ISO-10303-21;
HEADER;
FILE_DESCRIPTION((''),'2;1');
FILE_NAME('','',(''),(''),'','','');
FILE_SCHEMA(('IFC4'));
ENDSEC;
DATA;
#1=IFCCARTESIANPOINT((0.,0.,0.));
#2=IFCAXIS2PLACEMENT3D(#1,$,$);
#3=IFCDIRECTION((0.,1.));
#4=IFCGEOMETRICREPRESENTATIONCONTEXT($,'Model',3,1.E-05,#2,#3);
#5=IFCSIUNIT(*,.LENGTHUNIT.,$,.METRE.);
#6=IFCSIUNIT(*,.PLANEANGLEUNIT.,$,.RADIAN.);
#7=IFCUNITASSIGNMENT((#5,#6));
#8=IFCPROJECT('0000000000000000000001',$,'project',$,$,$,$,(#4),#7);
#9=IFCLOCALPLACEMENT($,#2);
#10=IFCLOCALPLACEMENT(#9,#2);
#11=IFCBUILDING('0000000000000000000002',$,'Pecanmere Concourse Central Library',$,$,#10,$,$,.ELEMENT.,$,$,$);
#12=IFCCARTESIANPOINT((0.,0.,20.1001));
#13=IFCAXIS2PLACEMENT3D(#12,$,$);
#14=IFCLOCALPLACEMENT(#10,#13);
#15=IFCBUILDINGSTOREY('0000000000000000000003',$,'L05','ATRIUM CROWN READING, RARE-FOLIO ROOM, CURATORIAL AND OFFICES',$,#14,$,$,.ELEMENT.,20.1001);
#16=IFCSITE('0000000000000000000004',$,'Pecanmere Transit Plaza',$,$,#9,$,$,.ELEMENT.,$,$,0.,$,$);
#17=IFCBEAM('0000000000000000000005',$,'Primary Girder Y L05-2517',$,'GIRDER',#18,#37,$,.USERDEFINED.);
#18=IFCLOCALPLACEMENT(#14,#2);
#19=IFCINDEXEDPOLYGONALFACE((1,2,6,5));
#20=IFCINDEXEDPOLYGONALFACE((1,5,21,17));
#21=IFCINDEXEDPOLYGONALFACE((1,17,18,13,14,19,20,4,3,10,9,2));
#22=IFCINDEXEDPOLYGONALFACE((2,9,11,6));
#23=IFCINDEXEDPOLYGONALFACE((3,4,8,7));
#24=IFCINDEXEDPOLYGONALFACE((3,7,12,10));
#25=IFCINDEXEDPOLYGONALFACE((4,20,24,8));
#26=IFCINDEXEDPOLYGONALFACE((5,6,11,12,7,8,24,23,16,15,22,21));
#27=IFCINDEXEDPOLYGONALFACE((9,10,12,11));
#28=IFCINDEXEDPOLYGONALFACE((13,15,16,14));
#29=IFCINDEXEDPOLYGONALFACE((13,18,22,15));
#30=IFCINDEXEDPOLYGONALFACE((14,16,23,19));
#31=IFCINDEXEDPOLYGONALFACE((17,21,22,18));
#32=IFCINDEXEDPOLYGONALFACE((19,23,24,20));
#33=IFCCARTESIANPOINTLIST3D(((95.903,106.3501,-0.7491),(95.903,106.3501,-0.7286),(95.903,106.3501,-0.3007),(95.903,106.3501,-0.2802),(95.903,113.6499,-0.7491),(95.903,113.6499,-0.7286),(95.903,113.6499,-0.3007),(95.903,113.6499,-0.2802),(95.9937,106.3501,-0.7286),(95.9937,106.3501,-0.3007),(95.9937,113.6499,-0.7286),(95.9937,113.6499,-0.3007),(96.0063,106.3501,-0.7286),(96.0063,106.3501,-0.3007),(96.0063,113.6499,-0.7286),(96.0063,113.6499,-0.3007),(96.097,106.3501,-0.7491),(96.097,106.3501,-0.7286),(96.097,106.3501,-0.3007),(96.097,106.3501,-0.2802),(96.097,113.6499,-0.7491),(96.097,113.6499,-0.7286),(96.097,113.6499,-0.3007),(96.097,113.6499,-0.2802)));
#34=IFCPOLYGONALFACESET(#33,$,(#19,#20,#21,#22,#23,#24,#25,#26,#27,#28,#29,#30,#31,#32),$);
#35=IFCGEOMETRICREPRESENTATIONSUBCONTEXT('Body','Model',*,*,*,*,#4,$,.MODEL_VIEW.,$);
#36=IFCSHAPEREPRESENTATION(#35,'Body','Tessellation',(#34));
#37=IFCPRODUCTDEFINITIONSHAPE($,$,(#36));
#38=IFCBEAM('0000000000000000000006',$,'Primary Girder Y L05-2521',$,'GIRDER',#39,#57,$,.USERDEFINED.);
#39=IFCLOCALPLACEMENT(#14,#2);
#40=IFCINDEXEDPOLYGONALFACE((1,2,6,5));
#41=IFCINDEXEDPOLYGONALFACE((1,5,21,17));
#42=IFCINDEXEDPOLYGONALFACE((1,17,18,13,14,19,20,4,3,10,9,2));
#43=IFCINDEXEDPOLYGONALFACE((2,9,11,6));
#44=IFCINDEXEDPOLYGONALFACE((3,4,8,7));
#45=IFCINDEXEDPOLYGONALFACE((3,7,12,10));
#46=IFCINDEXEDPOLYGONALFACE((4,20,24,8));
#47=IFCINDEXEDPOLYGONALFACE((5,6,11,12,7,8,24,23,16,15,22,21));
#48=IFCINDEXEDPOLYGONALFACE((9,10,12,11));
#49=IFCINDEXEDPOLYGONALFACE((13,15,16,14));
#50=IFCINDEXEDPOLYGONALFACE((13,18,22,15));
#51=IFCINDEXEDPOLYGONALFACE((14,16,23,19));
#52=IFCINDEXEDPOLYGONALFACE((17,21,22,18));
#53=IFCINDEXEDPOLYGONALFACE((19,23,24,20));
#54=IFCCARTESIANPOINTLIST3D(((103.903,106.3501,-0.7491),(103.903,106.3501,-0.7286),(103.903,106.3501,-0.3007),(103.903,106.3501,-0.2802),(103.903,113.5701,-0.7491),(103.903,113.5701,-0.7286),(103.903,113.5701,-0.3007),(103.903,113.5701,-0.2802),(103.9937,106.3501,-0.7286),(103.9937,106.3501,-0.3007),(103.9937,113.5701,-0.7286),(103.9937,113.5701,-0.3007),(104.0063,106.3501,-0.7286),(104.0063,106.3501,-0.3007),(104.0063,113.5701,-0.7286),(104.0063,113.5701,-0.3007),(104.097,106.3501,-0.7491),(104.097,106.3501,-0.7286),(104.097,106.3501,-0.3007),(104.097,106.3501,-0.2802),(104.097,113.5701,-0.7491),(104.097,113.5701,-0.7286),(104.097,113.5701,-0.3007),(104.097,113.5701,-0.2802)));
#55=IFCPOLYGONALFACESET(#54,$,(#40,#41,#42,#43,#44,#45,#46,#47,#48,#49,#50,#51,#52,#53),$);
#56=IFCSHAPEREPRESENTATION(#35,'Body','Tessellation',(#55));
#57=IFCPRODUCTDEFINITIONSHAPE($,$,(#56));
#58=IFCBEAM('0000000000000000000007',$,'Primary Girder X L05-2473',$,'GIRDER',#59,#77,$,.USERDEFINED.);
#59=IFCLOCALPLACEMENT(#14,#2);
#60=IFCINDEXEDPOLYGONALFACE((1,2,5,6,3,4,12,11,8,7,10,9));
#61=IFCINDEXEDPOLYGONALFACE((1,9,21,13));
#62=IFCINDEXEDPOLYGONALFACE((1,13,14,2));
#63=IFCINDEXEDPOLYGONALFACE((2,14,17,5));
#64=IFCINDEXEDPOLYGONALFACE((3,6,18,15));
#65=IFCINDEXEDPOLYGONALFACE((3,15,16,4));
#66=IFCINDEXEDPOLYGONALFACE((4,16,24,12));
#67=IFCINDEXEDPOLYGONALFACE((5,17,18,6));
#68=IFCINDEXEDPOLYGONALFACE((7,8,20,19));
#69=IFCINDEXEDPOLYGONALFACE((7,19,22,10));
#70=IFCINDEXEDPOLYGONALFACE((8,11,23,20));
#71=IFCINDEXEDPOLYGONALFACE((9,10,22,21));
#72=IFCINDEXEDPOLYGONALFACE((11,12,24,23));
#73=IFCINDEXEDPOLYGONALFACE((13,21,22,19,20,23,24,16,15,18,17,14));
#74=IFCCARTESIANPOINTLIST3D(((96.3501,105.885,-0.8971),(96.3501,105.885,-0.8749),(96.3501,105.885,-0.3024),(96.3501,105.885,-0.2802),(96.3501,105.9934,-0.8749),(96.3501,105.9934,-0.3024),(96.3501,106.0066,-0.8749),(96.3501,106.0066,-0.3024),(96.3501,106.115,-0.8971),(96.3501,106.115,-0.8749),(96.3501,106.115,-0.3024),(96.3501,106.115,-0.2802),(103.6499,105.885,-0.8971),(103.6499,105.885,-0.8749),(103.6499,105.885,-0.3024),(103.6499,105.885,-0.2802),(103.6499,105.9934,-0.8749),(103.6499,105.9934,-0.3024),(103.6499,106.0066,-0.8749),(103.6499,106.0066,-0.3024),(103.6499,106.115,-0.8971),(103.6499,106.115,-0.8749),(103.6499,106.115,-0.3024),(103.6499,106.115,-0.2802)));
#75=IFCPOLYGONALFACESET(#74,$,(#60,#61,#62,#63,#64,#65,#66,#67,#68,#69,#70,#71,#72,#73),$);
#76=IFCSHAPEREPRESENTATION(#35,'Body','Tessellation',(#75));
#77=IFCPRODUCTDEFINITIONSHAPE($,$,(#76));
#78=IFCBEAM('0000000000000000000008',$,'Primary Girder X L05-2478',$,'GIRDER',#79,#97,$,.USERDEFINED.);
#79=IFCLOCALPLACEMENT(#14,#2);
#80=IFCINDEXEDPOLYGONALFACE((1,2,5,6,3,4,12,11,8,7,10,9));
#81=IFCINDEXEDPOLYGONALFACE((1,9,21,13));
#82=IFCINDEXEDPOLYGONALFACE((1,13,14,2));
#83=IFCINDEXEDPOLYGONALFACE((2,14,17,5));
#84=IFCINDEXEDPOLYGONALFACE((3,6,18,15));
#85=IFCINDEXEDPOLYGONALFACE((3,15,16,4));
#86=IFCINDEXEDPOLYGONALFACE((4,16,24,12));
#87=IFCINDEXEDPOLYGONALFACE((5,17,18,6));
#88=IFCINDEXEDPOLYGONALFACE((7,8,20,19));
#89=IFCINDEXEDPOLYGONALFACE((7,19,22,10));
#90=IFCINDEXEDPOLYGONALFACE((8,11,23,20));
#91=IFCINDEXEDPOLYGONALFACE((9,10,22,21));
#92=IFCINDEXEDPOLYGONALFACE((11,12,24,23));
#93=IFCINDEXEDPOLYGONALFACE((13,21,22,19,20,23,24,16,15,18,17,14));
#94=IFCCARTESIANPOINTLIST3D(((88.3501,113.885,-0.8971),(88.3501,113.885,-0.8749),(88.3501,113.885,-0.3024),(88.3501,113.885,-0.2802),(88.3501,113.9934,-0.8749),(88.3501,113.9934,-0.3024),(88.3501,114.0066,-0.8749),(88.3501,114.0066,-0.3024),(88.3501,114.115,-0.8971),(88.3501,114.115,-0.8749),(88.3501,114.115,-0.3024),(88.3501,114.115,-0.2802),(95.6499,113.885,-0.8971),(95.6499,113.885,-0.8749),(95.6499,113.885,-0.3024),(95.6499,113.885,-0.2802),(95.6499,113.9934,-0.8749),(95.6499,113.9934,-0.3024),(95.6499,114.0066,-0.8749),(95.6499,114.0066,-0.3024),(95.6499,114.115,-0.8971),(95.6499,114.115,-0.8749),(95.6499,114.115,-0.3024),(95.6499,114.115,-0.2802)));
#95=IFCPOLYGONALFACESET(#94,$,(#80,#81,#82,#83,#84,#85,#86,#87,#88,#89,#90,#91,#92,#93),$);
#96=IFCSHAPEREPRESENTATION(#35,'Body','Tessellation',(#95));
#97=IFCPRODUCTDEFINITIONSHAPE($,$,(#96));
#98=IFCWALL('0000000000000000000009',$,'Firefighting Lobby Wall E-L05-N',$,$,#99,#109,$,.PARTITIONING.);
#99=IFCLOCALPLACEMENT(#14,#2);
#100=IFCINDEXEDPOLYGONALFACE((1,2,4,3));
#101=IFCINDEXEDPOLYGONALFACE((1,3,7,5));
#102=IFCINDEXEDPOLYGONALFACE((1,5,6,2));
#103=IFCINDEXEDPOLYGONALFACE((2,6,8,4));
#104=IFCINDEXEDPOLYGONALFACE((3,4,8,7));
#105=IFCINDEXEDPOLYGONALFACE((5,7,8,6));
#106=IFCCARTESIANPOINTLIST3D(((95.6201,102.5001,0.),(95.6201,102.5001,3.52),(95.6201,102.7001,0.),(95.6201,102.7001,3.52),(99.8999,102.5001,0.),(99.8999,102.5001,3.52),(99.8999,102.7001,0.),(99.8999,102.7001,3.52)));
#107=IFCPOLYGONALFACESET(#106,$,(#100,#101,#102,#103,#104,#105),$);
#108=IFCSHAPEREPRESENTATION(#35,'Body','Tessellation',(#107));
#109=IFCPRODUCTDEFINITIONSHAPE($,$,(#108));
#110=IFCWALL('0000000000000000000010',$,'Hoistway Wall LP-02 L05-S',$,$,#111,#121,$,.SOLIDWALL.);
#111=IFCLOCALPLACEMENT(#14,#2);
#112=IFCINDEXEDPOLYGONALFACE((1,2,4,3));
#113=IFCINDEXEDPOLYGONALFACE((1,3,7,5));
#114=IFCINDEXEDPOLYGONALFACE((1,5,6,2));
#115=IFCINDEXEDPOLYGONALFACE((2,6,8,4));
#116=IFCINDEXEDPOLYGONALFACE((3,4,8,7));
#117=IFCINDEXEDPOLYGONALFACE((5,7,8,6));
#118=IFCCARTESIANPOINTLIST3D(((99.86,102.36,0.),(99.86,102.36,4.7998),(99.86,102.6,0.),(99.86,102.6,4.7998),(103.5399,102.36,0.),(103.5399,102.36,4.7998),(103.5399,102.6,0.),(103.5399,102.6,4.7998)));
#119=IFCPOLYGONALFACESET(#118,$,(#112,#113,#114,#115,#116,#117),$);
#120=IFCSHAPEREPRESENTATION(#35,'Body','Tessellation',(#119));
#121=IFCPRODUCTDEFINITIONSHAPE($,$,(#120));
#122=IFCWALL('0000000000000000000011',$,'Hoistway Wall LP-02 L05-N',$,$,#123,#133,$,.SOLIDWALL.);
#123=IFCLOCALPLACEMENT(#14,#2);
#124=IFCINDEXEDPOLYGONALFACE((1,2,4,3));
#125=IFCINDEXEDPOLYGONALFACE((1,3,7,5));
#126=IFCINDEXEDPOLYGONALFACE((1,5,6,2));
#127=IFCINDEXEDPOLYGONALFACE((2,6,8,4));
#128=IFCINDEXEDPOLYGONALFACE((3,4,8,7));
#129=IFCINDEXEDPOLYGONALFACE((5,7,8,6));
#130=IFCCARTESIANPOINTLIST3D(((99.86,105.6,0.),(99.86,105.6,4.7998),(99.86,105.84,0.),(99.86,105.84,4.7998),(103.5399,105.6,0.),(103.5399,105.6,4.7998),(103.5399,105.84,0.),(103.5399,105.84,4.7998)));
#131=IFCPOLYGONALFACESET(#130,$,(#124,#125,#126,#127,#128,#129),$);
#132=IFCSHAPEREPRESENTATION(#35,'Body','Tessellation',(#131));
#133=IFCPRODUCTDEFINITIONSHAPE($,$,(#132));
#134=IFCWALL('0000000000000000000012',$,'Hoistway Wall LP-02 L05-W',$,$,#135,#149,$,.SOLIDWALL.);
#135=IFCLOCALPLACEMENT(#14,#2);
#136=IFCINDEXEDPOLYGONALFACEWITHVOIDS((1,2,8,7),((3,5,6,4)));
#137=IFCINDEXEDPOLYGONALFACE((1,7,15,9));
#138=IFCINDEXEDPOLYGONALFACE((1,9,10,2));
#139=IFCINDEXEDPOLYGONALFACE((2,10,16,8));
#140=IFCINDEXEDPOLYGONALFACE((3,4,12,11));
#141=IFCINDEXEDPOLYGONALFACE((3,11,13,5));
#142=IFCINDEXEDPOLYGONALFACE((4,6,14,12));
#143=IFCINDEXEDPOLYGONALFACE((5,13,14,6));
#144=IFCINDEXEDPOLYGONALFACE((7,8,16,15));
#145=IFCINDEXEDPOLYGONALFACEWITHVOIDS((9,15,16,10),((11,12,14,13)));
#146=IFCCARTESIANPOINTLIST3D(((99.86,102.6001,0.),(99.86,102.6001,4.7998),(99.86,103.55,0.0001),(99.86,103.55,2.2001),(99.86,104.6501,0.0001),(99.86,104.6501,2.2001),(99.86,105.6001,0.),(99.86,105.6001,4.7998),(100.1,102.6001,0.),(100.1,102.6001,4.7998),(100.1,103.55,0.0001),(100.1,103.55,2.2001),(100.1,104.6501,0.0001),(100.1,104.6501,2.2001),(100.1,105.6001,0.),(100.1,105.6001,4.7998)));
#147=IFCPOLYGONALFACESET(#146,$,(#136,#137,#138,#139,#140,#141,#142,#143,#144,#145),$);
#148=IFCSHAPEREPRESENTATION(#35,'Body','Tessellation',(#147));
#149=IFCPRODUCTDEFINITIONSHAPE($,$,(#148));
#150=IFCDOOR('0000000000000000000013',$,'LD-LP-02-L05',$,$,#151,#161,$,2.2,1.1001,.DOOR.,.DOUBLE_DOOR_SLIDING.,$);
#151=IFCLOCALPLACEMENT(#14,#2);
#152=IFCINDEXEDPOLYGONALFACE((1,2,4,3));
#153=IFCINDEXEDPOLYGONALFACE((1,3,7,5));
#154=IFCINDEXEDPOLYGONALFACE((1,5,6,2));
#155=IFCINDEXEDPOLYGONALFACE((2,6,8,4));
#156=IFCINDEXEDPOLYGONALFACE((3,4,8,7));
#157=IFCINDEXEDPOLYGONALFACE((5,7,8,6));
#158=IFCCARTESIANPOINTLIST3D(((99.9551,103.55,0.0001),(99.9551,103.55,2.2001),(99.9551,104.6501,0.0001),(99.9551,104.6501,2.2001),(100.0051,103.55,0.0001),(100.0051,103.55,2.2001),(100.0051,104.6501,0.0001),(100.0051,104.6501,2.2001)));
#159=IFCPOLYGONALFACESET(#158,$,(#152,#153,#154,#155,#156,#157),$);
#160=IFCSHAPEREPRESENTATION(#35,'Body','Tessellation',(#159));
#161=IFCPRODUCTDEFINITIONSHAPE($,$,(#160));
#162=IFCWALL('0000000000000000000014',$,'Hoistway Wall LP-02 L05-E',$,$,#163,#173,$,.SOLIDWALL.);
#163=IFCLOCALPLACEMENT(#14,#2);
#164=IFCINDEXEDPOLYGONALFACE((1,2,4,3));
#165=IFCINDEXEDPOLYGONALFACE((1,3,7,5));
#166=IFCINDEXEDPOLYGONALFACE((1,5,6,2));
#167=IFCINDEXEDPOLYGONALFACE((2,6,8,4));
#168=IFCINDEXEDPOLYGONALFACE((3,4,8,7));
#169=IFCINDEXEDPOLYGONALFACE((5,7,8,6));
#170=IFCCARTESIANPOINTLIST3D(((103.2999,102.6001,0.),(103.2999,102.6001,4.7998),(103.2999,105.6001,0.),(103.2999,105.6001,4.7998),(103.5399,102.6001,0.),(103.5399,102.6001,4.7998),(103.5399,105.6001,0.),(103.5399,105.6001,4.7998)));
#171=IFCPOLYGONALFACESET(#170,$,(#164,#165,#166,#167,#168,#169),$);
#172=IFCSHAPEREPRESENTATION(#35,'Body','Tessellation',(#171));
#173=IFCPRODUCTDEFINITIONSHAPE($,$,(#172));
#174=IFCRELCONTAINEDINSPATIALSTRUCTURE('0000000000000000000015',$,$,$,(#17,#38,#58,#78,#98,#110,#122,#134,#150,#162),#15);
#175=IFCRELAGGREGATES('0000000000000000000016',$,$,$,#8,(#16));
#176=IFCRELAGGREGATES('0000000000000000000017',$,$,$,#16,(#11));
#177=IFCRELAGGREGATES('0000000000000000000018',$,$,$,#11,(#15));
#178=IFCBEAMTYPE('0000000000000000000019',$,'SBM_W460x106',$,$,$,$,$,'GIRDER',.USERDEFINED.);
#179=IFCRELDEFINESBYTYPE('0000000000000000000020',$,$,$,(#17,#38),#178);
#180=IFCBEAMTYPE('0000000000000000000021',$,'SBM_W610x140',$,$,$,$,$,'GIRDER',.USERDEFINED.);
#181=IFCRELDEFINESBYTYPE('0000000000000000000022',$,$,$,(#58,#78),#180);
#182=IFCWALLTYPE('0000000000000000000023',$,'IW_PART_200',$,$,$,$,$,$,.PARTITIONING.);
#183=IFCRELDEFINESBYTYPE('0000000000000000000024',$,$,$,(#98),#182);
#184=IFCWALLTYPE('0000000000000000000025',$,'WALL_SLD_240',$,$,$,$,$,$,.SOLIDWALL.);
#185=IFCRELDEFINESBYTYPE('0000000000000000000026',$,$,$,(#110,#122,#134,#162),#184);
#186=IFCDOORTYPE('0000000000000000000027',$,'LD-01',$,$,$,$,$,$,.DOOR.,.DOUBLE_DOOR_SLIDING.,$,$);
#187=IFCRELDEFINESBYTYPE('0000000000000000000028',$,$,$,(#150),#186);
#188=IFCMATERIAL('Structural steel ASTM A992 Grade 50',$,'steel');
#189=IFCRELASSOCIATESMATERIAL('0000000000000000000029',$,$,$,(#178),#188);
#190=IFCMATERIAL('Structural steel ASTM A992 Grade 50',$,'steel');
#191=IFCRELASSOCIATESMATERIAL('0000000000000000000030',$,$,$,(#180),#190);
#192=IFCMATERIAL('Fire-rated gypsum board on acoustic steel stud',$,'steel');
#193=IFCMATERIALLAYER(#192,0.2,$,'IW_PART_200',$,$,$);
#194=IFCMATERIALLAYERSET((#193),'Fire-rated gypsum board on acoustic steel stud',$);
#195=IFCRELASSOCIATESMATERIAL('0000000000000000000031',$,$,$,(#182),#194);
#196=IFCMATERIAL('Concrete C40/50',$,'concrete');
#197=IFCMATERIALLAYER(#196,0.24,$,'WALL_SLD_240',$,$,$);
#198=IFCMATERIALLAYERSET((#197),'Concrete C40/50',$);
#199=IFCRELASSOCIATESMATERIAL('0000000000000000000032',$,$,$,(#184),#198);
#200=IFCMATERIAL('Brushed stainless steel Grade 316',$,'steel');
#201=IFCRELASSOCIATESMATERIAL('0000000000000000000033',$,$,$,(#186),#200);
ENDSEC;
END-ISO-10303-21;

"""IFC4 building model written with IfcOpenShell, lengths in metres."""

from ifc_helpers import new_model, si_unit, direction, frame, frame_2d, origin, origin_2d, place, context, subcontext, project, spatial, rectangle, i_section, extrude, material, layer, layer_set, material_profile, profile_set, type_object, element, fill, save


model = new_model("IFC4")

# Units and contexts
model_context = context("Model", 3, precision=1e-05, world=origin(), true_north=direction((0.0, 1.0)))
body_context = subcontext(model_context, "Body", "Model", "MODEL_VIEW")
ifc_project = project(units=[si_unit("LENGTHUNIT", "METRE"), si_unit("PLANEANGLEUNIT", "RADIAN")], contexts=[model_context])

# Site, building, storey
site_placement = place(None, origin())
site = spatial("IfcSite", under=ifc_project, at=site_placement, Name="Pecanmere Transit Plaza", CompositionType="ELEMENT", RefElevation=0.0)
building_placement = place(site_placement, origin())
building = spatial("IfcBuilding", under=site, at=building_placement, Name="Pecanmere Concourse Central Library", CompositionType="ELEMENT")
storey_placement = place(building_placement, frame((0.0, 0.0, 20.1001)))
storey = spatial("IfcBuildingStorey", under=building, at=storey_placement, Name="L05", Description="ATRIUM CROWN READING, RARE-FOLIO ROOM, CURATORIAL AND OFFICES", CompositionType="ELEMENT", Elevation=20.1001)

# Beams
ifc_material_1 = material(Name="Structural steel ASTM A992 Grade 50", Category="steel")
ifc_material_profile_1 = material_profile(ifc_material_1, i_section(OverallWidth=0.1941, OverallDepth=0.469, WebThickness=0.0127, FlangeThickness=0.0205, at=origin_2d()), Name="W460x106")
ifc_profile_set_1 = profile_set([ifc_material_profile_1], Name="Structural steel ASTM A992 Grade 50")
beam_type_1 = type_object("IfcBeamType", Name="SBM_W460x106", ElementType="GIRDER", PredefinedType="USERDEFINED", material=ifc_profile_set_1)
beam_1_placement = place(storey_placement, frame((96.0, 106.3501, -0.5146), z_axis=(0.0, 1.0, 0.0), x_axis=(-1.0, 0.0, 0.0)))
element("IfcBeam", 1, at=beam_1_placement, inside=storey, type_object=beam_type_1, Name="Primary Girder Y L05-2517", ObjectType="GIRDER", PredefinedType="USERDEFINED", context=body_context, shape_type="SweptSolid", body=[
    extrude(i_section(OverallWidth=0.1941, OverallDepth=0.469, WebThickness=0.0127, FlangeThickness=0.0205, at=origin_2d()), origin(), (0.0, 0.0, 1.0), 7.2998),
])
beam_2_placement = place(storey_placement, frame((104.0, 106.3501, -0.5146), z_axis=(0.0, 1.0, 0.0), x_axis=(-1.0, 0.0, 0.0)))
element("IfcBeam", 2, at=beam_2_placement, inside=storey, type_object=beam_type_1, Name="Primary Girder Y L05-2521", ObjectType="GIRDER", PredefinedType="USERDEFINED", context=body_context, shape_type="SweptSolid", body=[
    extrude(i_section(OverallWidth=0.1941, OverallDepth=0.469, WebThickness=0.0127, FlangeThickness=0.0205, at=origin_2d()), origin(), (0.0, 0.0, 1.0), 7.22),
])
ifc_material_2 = material(Name="Structural steel ASTM A992 Grade 50", Category="steel")
ifc_material_profile_2 = material_profile(ifc_material_2, i_section(OverallWidth=0.23, OverallDepth=0.6169, WebThickness=0.0132, FlangeThickness=0.0222, at=origin_2d()), Name="W610x140")
ifc_profile_set_2 = profile_set([ifc_material_profile_2], Name="Structural steel ASTM A992 Grade 50")
beam_type_2 = type_object("IfcBeamType", Name="SBM_W610x140", ElementType="GIRDER", PredefinedType="USERDEFINED", material=ifc_profile_set_2)
for number, where, z_axis, x_axis, name in (
    (3, (96.3501, 106.0, -0.5886), (1.0, 0.0, 0.0), (0.0, 1.0, 0.0), "Primary Girder X L05-2473"),
    (4, (88.3501, 114.0, -0.5886), (1.0, 0.0, 0.0), (0.0, 1.0, 0.0), "Primary Girder X L05-2478"),
):
    element("IfcBeam", number, at=place(storey_placement, frame(where, z_axis=z_axis, x_axis=x_axis)), inside=storey, type_object=beam_type_2, Name=name, ObjectType="GIRDER", PredefinedType="USERDEFINED", context=body_context, shape_type="SweptSolid", body=[
        extrude(i_section(OverallWidth=0.23, OverallDepth=0.6169, WebThickness=0.0132, FlangeThickness=0.0222, at=origin_2d()), origin(), (0.0, 0.0, 1.0), 7.2998),
    ])

# Walls
ifc_material_3 = material(Name="Fire-rated gypsum board on acoustic steel stud", Category="steel")
ifc_layer_1 = layer(ifc_material_3, 0.2, Name="IW_PART_200")
ifc_layer_set_1 = layer_set([ifc_layer_1], Name="Fire-rated gypsum board on acoustic steel stud")
wall_type_1 = type_object("IfcWallType", Name="IW_PART_200", PredefinedType="PARTITIONING", material=ifc_layer_set_1)
wall_1_placement = place(storey_placement, frame((95.6201, 102.6001, 0.0), z_axis=(0.0, 0.0, 1.0), x_axis=(1.0, 0.0, 0.0)))
element("IfcWall", 5, at=wall_1_placement, inside=storey, type_object=wall_type_1, Name="Firefighting Lobby Wall E-L05-N", PredefinedType="PARTITIONING", context=body_context, shape_type="SweptSolid", body=[
    extrude(rectangle(XDim=4.2798, YDim=0.2, at=frame_2d((2.1399, 0.0))), origin(), (0.0, 0.0, 1.0), 3.52),
])
ifc_material_4 = material(Name="Concrete C40/50", Category="concrete")
ifc_layer_2 = layer(ifc_material_4, 0.24, Name="WALL_SLD_240")
ifc_layer_set_2 = layer_set([ifc_layer_2], Name="Concrete C40/50")
wall_type_2 = type_object("IfcWallType", Name="WALL_SLD_240", PredefinedType="SOLIDWALL", material=ifc_layer_set_2)
for number, where, z_axis, x_axis, name in (
    (6, (99.8601, 102.48, 0.0), (0.0, 0.0, 1.0), (1.0, 0.0, 0.0), "Hoistway Wall LP-02 L05-S"),
    (7, (99.8601, 105.72, 0.0), (0.0, 0.0, 1.0), (1.0, 0.0, 0.0), "Hoistway Wall LP-02 L05-N"),
):
    element("IfcWall", number, at=place(storey_placement, frame(where, z_axis=z_axis, x_axis=x_axis)), inside=storey, type_object=wall_type_2, Name=name, PredefinedType="SOLIDWALL", context=body_context, shape_type="SweptSolid", body=[
        extrude(rectangle(XDim=3.6799, YDim=0.24, at=frame_2d((1.8398, 0.0))), origin(), (0.0, 0.0, 1.0), 4.7998),
    ])

# Wall, opening, door
wall_2_placement = place(storey_placement, frame((99.98, 102.6001, 0.0), z_axis=(0.0, 0.0, 1.0), x_axis=(0.0, 1.0, 0.0)))
wall_2 = element("IfcWall", 8, at=wall_2_placement, inside=storey, type_object=wall_type_2, Name="Hoistway Wall LP-02 L05-W", PredefinedType="SOLIDWALL", context=body_context, shape_type="SweptSolid", body=[
    extrude(rectangle(XDim=3.0, YDim=0.24, at=frame_2d((1.5, 0.0))), origin(), (0.0, 0.0, 1.0), 4.7998),
])
opening_placement = place(wall_2_placement, frame((0.95, 0.0, 0.0)))
opening = element("IfcOpeningElement", 9, at=opening_placement, cuts=wall_2, PredefinedType="OPENING", context=body_context, shape_type="SweptSolid", body=[
    extrude(rectangle(XDim=1.1001, YDim=2.2, at=frame_2d((0.55, 1.1001))), frame((0.0, 0.1318, 0.0), z_axis=(0.0, -1.0, 0.0), x_axis=(1.0, 0.0, 0.0)), (0.0, 0.0, 1.0), 0.2639),
])
ifc_material_5 = material(Name="Brushed stainless steel Grade 316", Category="steel")
door_type = type_object("IfcDoorType", Name="LD-01", OperationType="DOUBLE_DOOR_SLIDING", PredefinedType="DOOR", material=ifc_material_5)
door_placement = place(opening_placement, origin())
door = element("IfcDoor", 10, at=door_placement, inside=storey, type_object=door_type, Name="LD-LP-02-L05", OperationType="DOUBLE_DOOR_SLIDING", OverallHeight=2.2, OverallWidth=1.1001, PredefinedType="DOOR", context=body_context, shape_type="SweptSolid", body=[
    extrude(rectangle(XDim=1.1001, YDim=2.2, at=frame_2d((0.55, 1.1001))), frame((0.0, 0.0249, 0.0), z_axis=(0.0, -1.0, 0.0), x_axis=(1.0, 0.0, 0.0)), (0.0, 0.0, 1.0), 0.05),
])
fill(opening, door)

# Wall
wall_3_placement = place(storey_placement, frame((103.4199, 102.6001, 0.0), z_axis=(0.0, 0.0, 1.0), x_axis=(0.0, 1.0, 0.0)))
element("IfcWall", 11, at=wall_3_placement, inside=storey, type_object=wall_type_2, Name="Hoistway Wall LP-02 L05-E", PredefinedType="SOLIDWALL", context=body_context, shape_type="SweptSolid", body=[
    extrude(rectangle(XDim=3.0, YDim=0.24, at=frame_2d((1.5, 0.0))), origin(), (0.0, 0.0, 1.0), 4.7998),
])

save(model, "model.ifc")
